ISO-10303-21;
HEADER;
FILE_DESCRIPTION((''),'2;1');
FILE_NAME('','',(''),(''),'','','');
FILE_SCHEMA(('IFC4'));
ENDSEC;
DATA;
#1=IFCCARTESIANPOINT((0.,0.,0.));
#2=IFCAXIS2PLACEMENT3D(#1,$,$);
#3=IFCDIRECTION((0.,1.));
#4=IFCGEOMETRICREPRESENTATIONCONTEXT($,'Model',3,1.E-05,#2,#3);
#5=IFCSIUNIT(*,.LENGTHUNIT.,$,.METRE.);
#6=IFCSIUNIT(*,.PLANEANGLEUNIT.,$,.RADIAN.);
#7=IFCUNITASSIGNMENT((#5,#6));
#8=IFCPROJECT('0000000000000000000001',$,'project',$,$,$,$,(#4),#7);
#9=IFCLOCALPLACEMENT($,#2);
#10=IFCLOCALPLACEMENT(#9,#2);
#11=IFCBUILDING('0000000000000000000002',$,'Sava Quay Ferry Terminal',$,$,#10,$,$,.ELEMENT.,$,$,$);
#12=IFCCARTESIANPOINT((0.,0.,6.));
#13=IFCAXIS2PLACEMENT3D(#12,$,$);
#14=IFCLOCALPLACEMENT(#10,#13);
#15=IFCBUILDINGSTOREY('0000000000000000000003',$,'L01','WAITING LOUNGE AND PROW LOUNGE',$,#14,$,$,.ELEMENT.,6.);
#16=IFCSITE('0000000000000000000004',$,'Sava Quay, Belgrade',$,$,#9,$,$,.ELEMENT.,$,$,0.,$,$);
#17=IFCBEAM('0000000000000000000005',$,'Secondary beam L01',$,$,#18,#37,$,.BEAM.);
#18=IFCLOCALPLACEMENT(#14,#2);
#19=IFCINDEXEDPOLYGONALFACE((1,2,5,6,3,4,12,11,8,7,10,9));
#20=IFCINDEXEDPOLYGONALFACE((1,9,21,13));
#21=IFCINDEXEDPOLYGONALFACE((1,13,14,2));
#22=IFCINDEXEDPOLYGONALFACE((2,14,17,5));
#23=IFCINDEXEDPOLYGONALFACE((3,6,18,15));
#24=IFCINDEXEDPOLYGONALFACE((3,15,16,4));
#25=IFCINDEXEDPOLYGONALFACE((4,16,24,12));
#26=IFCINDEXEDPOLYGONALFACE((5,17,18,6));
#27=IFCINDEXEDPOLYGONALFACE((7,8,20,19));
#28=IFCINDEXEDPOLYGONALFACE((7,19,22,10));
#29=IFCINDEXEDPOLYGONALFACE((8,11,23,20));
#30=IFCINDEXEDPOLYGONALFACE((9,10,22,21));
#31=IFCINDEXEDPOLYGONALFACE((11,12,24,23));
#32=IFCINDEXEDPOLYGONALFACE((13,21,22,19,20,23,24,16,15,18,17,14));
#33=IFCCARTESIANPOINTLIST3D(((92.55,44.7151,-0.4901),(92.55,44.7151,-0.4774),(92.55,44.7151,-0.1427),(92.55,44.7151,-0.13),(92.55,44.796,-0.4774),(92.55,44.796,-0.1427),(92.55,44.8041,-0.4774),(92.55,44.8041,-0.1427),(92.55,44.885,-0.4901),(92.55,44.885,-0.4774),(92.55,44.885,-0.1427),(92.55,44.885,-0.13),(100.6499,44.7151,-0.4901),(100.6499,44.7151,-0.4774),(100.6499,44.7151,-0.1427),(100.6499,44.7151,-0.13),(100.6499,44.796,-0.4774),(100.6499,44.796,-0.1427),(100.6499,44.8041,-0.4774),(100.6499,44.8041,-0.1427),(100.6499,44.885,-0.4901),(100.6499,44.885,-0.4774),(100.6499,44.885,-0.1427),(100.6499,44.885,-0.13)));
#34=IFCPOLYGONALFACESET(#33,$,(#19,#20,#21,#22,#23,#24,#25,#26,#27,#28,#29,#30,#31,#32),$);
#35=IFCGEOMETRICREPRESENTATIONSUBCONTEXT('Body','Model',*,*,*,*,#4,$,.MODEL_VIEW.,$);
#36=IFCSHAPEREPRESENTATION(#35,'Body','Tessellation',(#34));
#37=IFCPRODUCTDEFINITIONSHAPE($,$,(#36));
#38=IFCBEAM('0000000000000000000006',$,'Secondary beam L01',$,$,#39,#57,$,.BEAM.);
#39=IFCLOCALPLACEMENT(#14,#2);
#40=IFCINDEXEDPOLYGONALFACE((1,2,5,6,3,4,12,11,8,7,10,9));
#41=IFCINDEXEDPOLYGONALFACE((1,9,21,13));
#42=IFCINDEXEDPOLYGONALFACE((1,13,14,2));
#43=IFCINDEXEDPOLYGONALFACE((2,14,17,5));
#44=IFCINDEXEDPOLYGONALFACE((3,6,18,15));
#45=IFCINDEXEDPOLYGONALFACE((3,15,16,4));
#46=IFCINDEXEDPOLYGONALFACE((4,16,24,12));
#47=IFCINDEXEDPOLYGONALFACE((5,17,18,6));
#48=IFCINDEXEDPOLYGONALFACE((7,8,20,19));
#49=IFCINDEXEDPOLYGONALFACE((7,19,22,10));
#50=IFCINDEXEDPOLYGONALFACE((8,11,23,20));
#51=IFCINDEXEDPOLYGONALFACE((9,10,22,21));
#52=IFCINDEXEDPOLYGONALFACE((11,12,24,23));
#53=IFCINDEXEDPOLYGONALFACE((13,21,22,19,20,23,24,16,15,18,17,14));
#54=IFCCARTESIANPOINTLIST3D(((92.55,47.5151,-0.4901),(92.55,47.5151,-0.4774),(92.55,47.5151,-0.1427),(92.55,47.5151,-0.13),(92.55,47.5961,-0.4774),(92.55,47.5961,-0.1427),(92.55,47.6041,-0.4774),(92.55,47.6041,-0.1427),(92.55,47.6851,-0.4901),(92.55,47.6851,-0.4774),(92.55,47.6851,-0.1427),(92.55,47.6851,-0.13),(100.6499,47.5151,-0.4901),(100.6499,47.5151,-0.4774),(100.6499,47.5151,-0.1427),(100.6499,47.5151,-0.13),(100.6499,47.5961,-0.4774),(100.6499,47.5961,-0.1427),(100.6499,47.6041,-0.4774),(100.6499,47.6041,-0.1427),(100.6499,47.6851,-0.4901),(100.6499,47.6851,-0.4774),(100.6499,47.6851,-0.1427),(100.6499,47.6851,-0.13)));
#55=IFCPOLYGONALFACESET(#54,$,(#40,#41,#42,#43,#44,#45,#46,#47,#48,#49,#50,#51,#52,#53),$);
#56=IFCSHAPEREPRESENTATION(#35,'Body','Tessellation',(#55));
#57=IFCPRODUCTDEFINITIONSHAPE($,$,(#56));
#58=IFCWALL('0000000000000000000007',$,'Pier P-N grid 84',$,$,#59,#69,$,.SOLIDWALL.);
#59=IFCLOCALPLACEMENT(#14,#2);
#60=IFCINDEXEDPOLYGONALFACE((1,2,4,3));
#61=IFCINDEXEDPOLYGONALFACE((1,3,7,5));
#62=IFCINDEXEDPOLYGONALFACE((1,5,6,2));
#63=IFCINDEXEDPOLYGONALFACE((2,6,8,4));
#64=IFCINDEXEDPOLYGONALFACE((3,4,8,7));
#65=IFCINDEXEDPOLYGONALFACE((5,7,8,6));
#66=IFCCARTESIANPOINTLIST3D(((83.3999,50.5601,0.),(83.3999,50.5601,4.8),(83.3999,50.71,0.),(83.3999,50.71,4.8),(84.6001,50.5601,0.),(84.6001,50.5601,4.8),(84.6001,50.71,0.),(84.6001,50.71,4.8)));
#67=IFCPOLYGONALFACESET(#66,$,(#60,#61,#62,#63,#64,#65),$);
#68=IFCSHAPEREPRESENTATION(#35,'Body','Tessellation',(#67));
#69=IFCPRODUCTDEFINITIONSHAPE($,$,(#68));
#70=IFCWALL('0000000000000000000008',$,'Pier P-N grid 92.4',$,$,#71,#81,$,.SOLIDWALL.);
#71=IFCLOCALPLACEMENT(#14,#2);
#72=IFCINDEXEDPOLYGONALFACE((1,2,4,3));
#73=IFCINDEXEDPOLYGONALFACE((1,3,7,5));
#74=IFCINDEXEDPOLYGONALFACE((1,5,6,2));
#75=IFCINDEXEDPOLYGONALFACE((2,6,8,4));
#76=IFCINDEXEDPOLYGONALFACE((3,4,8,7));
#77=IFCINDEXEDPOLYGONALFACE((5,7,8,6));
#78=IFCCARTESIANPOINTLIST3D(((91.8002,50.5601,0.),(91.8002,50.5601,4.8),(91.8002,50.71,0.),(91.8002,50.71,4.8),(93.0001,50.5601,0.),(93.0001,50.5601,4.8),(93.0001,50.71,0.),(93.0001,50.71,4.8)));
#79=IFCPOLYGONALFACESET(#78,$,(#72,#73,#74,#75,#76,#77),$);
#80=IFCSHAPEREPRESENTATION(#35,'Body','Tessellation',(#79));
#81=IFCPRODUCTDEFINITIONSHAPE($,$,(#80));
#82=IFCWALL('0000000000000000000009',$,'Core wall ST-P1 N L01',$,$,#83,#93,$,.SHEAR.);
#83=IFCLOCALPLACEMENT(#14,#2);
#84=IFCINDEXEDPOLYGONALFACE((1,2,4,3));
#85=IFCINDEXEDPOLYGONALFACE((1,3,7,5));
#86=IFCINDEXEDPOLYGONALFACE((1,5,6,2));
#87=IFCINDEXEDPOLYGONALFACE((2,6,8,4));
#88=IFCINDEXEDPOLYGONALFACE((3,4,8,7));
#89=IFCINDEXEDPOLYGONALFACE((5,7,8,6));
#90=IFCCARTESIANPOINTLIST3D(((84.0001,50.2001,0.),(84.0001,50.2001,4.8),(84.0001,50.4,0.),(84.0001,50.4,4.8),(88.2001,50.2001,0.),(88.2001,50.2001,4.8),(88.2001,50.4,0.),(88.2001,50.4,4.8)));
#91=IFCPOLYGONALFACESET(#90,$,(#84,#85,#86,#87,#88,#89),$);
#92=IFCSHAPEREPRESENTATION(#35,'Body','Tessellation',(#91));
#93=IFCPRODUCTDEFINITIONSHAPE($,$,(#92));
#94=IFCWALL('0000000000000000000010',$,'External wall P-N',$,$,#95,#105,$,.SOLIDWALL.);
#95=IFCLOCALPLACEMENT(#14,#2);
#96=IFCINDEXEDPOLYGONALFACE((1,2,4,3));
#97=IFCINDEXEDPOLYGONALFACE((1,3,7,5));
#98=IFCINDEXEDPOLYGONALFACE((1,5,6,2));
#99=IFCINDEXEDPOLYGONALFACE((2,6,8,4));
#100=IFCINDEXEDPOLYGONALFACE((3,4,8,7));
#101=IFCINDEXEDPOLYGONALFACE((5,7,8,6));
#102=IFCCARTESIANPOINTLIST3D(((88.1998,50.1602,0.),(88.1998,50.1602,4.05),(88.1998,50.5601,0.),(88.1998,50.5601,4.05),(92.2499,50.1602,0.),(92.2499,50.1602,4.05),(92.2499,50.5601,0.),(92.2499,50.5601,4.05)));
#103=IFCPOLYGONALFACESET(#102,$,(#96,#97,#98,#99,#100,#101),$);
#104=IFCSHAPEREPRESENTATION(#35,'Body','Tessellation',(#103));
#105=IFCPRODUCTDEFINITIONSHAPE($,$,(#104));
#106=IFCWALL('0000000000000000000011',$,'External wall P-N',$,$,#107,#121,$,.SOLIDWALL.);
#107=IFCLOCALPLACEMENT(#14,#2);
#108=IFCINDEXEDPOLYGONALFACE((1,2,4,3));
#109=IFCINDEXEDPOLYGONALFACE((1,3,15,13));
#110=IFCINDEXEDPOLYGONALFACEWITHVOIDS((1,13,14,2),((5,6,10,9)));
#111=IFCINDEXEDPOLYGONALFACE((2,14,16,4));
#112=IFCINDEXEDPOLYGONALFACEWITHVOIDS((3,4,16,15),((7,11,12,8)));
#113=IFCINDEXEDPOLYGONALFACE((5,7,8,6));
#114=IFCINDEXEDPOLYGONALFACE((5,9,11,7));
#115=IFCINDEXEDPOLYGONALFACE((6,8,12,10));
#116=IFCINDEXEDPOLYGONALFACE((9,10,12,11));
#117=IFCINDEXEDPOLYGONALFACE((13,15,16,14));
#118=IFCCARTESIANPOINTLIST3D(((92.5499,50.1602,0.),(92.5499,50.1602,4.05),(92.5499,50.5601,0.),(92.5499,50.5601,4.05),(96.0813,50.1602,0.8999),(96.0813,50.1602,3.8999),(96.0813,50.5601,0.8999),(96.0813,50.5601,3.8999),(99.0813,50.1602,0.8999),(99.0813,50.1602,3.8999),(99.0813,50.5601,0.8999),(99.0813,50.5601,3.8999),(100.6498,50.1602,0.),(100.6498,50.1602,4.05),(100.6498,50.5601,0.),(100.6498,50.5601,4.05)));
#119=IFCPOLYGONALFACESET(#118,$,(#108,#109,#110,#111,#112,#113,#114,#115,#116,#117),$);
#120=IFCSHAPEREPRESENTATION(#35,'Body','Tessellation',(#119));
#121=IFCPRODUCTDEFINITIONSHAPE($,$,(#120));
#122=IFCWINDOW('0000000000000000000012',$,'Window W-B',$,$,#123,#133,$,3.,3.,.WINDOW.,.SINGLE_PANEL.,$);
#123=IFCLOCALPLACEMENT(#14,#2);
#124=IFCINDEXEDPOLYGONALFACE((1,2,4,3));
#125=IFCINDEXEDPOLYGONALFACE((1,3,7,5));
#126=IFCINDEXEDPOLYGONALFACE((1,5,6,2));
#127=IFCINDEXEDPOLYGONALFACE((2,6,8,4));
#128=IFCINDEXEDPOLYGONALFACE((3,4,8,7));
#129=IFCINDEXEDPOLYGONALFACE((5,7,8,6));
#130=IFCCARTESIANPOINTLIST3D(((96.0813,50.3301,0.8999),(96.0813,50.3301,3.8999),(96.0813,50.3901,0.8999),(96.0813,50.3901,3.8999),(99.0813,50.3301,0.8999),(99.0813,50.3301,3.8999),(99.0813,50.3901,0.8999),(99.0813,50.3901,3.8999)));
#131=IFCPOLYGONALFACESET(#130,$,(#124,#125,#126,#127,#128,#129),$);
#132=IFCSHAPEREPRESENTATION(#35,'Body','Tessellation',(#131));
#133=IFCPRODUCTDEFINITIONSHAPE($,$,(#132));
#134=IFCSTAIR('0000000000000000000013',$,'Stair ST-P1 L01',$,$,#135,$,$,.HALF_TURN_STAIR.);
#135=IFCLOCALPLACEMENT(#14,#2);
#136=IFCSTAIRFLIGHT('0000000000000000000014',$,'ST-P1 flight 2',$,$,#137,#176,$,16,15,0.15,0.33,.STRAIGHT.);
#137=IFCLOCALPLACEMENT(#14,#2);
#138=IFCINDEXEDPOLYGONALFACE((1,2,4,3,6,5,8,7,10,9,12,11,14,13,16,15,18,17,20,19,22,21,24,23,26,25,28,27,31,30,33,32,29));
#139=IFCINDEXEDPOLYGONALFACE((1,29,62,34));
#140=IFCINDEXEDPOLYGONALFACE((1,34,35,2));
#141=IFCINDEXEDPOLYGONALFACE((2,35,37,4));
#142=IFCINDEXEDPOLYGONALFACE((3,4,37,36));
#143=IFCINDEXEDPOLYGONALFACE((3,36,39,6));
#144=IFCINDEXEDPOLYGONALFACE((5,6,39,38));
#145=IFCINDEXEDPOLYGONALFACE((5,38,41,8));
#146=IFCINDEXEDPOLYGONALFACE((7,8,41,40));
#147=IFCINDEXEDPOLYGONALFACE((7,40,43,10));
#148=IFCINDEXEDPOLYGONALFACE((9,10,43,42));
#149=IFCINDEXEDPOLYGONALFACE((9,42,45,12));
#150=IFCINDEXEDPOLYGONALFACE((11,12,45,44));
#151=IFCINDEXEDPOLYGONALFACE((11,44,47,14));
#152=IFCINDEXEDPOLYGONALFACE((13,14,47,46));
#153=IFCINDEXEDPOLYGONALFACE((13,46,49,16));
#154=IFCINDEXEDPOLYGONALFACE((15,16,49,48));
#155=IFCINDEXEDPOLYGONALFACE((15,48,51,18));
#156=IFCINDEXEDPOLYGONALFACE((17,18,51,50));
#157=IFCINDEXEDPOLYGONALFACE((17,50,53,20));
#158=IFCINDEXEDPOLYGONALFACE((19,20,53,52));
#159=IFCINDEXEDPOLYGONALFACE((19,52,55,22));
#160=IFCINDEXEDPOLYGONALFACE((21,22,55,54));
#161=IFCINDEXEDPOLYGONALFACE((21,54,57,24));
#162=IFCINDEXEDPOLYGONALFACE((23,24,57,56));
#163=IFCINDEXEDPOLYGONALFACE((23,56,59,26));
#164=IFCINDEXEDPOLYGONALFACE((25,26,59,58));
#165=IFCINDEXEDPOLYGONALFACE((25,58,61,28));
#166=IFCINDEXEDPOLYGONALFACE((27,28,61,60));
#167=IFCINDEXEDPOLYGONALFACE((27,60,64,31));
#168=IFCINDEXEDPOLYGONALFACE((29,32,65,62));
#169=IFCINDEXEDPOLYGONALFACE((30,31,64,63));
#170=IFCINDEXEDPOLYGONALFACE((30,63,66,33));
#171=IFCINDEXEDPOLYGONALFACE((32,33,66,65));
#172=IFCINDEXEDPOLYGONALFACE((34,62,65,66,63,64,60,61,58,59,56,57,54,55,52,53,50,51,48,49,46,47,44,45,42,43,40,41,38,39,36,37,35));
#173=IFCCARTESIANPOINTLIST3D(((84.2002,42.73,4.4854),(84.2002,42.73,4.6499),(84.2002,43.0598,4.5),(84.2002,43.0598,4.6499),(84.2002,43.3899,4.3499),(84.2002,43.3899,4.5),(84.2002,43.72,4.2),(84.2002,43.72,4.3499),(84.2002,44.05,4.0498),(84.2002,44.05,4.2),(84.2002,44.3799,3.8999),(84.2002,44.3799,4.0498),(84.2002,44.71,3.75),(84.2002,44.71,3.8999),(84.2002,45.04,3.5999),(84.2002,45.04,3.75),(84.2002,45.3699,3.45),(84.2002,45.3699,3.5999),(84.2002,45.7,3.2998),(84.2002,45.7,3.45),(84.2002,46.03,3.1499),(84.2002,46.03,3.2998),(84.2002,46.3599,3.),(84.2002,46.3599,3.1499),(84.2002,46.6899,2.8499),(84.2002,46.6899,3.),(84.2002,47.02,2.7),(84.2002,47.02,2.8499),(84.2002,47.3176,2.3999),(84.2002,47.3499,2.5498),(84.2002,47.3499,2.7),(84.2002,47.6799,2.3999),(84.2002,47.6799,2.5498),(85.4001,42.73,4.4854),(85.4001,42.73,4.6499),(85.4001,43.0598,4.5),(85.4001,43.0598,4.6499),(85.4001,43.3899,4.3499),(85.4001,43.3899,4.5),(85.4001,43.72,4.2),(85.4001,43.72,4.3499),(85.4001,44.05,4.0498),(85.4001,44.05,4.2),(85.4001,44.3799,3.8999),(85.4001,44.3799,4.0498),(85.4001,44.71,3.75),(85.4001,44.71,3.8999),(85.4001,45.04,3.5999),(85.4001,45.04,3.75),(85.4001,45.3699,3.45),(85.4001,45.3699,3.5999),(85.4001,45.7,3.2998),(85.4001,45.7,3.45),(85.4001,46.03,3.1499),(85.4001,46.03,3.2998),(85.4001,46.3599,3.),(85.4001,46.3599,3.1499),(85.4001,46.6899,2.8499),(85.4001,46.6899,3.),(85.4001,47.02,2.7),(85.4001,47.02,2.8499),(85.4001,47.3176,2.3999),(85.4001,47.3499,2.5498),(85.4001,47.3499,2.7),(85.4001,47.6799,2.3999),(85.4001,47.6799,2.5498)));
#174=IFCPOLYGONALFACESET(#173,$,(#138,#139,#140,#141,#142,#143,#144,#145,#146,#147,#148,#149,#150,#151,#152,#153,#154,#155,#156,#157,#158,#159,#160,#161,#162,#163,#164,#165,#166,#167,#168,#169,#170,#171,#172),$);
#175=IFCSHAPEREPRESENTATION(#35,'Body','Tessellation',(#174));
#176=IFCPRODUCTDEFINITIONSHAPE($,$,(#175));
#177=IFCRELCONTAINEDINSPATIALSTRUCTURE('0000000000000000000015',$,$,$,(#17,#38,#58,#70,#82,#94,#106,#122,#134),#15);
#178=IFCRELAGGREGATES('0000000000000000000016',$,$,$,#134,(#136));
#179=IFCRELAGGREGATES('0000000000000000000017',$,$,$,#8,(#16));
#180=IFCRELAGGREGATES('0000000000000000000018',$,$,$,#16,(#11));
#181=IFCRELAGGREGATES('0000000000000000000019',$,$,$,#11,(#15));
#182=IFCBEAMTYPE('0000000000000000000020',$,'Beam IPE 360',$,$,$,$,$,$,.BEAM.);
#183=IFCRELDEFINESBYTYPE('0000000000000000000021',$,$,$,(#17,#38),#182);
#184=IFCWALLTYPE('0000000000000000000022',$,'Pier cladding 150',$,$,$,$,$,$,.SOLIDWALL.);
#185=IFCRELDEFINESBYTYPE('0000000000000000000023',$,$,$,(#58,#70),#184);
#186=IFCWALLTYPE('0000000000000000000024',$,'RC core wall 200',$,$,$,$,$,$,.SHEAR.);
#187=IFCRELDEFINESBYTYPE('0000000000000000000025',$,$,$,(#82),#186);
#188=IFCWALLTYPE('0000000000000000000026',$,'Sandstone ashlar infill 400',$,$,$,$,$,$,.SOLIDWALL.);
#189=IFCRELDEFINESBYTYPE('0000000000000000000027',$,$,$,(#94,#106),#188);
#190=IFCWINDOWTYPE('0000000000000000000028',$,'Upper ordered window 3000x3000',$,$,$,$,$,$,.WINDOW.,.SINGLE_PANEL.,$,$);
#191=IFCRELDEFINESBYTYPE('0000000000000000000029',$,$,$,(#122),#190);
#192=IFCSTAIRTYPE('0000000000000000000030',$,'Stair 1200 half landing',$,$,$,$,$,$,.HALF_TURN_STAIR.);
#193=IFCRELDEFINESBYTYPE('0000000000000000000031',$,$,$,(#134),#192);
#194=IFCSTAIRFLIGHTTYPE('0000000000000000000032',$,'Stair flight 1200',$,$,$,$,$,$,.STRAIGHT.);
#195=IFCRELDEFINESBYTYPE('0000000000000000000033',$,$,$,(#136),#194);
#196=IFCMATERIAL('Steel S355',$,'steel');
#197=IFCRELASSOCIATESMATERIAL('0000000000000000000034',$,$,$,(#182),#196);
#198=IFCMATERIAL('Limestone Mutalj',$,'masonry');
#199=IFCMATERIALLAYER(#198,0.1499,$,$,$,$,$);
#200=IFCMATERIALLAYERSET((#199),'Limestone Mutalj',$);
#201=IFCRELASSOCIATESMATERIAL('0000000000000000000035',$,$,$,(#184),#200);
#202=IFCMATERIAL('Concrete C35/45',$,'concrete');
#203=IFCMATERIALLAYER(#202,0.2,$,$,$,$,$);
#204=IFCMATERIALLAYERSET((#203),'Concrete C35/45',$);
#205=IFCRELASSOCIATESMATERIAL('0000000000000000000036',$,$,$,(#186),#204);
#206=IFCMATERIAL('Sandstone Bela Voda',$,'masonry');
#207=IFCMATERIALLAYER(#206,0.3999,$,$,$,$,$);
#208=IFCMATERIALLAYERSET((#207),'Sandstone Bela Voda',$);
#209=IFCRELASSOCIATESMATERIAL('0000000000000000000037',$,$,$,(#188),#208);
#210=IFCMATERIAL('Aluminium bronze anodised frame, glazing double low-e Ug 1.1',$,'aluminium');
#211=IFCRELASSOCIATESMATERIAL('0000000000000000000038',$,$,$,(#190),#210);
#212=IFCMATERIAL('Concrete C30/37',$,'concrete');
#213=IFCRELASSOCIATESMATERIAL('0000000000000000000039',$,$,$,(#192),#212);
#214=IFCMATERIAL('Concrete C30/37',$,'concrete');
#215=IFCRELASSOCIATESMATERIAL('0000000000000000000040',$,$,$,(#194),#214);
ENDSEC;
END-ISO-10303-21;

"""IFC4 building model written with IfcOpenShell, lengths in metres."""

from ifc_helpers import new_model, si_unit, direction, frame, frame_2d, origin, origin_2d, place, context, subcontext, project, spatial, polyline, rectangle, i_section, outline, extrude, material, layer, layer_set, material_profile, profile_set, type_object, element, fill, aggregate, save


model = new_model("IFC4")

# Units and contexts
model_context = context("Model", 3, precision=1e-05, world=origin(), true_north=direction((0.0, 1.0)))
body_context = subcontext(model_context, "Body", "Model", "MODEL_VIEW")
ifc_project = project(units=[si_unit("LENGTHUNIT", "METRE"), si_unit("PLANEANGLEUNIT", "RADIAN")], contexts=[model_context])

# Site, building, storey
site_placement = place(None, origin())
site = spatial("IfcSite", under=ifc_project, at=site_placement, Name="Sava Quay, Belgrade", CompositionType="ELEMENT", RefElevation=0.0)
building_placement = place(site_placement, origin())
building = spatial("IfcBuilding", under=site, at=building_placement, Name="Sava Quay Ferry Terminal", CompositionType="ELEMENT")
storey_placement = place(building_placement, frame((0.0, 0.0, 6.0)))
storey = spatial("IfcBuildingStorey", under=building, at=storey_placement, Name="L01", Description="WAITING LOUNGE AND PROW LOUNGE", CompositionType="ELEMENT", Elevation=6.0)

# Beams
ifc_material_1 = material(Name="Steel S355", Category="steel")
ifc_material_profile_1 = material_profile(ifc_material_1, i_section(OverallWidth=0.1699, OverallDepth=0.3601, WebThickness=0.0081, FlangeThickness=0.0127, at=origin_2d()), Name="IPE 360")
ifc_profile_set_1 = profile_set([ifc_material_profile_1], Name="Steel S355")
beam_type = type_object("IfcBeamType", Name="Beam IPE 360", PredefinedType="BEAM", material=ifc_profile_set_1)
for number, where, z_axis, x_axis, name in (
    (1, (92.55, 44.8, -0.3101), (1.0, 0.0, 0.0), (0.0, 1.0, 0.0), "Secondary beam L01"),
    (2, (92.55, 47.6001, -0.3101), (1.0, 0.0, 0.0), (0.0, 1.0, 0.0), "Secondary beam L01"),
):
    element("IfcBeam", number, at=place(storey_placement, frame(where, z_axis=z_axis, x_axis=x_axis)), inside=storey, type_object=beam_type, Name=name, PredefinedType="BEAM", context=body_context, shape_type="SweptSolid", body=[
        extrude(i_section(OverallWidth=0.1699, OverallDepth=0.3601, WebThickness=0.0081, FlangeThickness=0.0127, at=origin_2d()), origin(), (0.0, 0.0, 1.0), 8.0999),
    ])

# Walls
ifc_material_2 = material(Name="Limestone Mutalj", Category="masonry")
ifc_layer_1 = layer(ifc_material_2, 0.1499)
ifc_layer_set_1 = layer_set([ifc_layer_1], Name="Limestone Mutalj")
wall_type_1 = type_object("IfcWallType", Name="Pier cladding 150", PredefinedType="SOLIDWALL", material=ifc_layer_set_1)
wall_1_placement = place(storey_placement, frame((83.3999, 50.635, 0.0), z_axis=(0.0, 0.0, 1.0), x_axis=(1.0, 0.0, 0.0)))
element("IfcWall", 3, at=wall_1_placement, inside=storey, type_object=wall_type_1, Name="Pier P-N grid 84", PredefinedType="SOLIDWALL", context=body_context, shape_type="SweptSolid", body=[
    extrude(rectangle(XDim=1.2002, YDim=0.1499, at=frame_2d((0.6001, 0.0))), origin(), (0.0, 0.0, 1.0), 4.8),
])
wall_2_placement = place(storey_placement, frame((91.8, 50.635, 0.0), z_axis=(0.0, 0.0, 1.0), x_axis=(1.0, 0.0, 0.0)))
element("IfcWall", 4, at=wall_2_placement, inside=storey, type_object=wall_type_1, Name="Pier P-N grid 92.4", PredefinedType="SOLIDWALL", context=body_context, shape_type="SweptSolid", body=[
    extrude(rectangle(XDim=1.2, YDim=0.1499, at=frame_2d((0.6001, 0.0))), origin(), (0.0, 0.0, 1.0), 4.8),
])
ifc_material_3 = material(Name="Concrete C35/45", Category="concrete")
ifc_layer_2 = layer(ifc_material_3, 0.2)
ifc_layer_set_2 = layer_set([ifc_layer_2], Name="Concrete C35/45")
wall_type_2 = type_object("IfcWallType", Name="RC core wall 200", PredefinedType="SHEAR", material=ifc_layer_set_2)
wall_3_placement = place(storey_placement, frame((84.0, 50.3, 0.0), z_axis=(0.0, 0.0, 1.0), x_axis=(1.0, 0.0, 0.0)))
element("IfcWall", 5, at=wall_3_placement, inside=storey, type_object=wall_type_2, Name="Core wall ST-P1 N L01", PredefinedType="SHEAR", context=body_context, shape_type="SweptSolid", body=[
    extrude(rectangle(XDim=4.2, YDim=0.2, at=frame_2d((2.1001, 0.0))), origin(), (0.0, 0.0, 1.0), 4.8),
])
ifc_material_4 = material(Name="Sandstone Bela Voda", Category="masonry")
ifc_layer_3 = layer(ifc_material_4, 0.3999)
ifc_layer_set_3 = layer_set([ifc_layer_3], Name="Sandstone Bela Voda")
wall_type_3 = type_object("IfcWallType", Name="Sandstone ashlar infill 400", PredefinedType="SOLIDWALL", material=ifc_layer_set_3)
wall_4_placement = place(storey_placement, frame((88.2, 50.3601, 0.0), z_axis=(0.0, 0.0, 1.0), x_axis=(1.0, 0.0, 0.0)))
element("IfcWall", 6, at=wall_4_placement, inside=storey, type_object=wall_type_3, Name="External wall P-N", PredefinedType="SOLIDWALL", context=body_context, shape_type="SweptSolid", body=[
    extrude(rectangle(XDim=4.05, YDim=0.3999, at=frame_2d((2.0249, 0.0))), origin(), (0.0, 0.0, 1.0), 4.05),
])

# Wall, opening, window
wall_5_placement = place(storey_placement, frame((92.55, 50.3601, 0.0), z_axis=(0.0, 0.0, 1.0), x_axis=(1.0, 0.0, 0.0)))
wall_5 = element("IfcWall", 7, at=wall_5_placement, inside=storey, type_object=wall_type_3, Name="External wall P-N", PredefinedType="SOLIDWALL", context=body_context, shape_type="SweptSolid", body=[
    extrude(rectangle(XDim=8.0999, YDim=0.3999, at=frame_2d((4.0498, 0.0))), origin(), (0.0, 0.0, 1.0), 4.05),
])
opening_placement = place(wall_5_placement, frame((3.5312, 0.0, 0.8999)))
opening = element("IfcOpeningElement", 8, at=opening_placement, cuts=wall_5, PredefinedType="OPENING", context=body_context, shape_type="SweptSolid", body=[
    extrude(rectangle(XDim=3.0, YDim=3.0, at=frame_2d((1.5, 1.5))), frame((0.0, 0.2, 0.0), z_axis=(0.0, -1.0, 0.0), x_axis=(1.0, 0.0, 0.0)), (0.0, 0.0, 1.0), 0.3999),
])
ifc_material_5 = material(Name="Aluminium bronze anodised frame, glazing double low-e Ug 1.1", Category="aluminium")
window_type = type_object("IfcWindowType", Name="Upper ordered window 3000x3000", PartitioningType="SINGLE_PANEL", PredefinedType="WINDOW", material=ifc_material_5)
window_placement = place(opening_placement, origin())
window = element("IfcWindow", 9, at=window_placement, inside=storey, type_object=window_type, Name="Window W-B", OverallHeight=3.0, OverallWidth=3.0, PartitioningType="SINGLE_PANEL", PredefinedType="WINDOW", context=body_context, shape_type="SweptSolid", body=[
    extrude(rectangle(XDim=3.0, YDim=3.0, at=frame_2d((1.5, 1.5))), frame((0.0, 0.03, 0.0), z_axis=(0.0, -1.0, 0.0), x_axis=(1.0, 0.0, 0.0)), (0.0, 0.0, 1.0), 0.0601),
])
fill(opening, window)

# Stair, stair flight
ifc_material_6 = material(Name="Concrete C30/37", Category="concrete")
stair_type = type_object("IfcStairType", Name="Stair 1200 half landing", PredefinedType="HALF_TURN_STAIR", material=ifc_material_6)
stair_placement = place(storey_placement, origin())
stair = element("IfcStair", 10, at=stair_placement, inside=storey, type_object=stair_type, Name="Stair ST-P1 L01", PredefinedType="HALF_TURN_STAIR")
ifc_material_7 = material(Name="Concrete C30/37", Category="concrete")
stair_flight_type = type_object("IfcStairFlightType", Name="Stair flight 1200", PredefinedType="STRAIGHT", material=ifc_material_7)
stair_flight_placement = place(storey_placement, frame((84.8, 47.6799, 2.3999), z_axis=(0.0, 0.0, 1.0), x_axis=(0.0, -1.0, 0.0)))
stair_flight = element("IfcStairFlight", 11, at=stair_flight_placement, type_object=stair_flight_type, Name="ST-P1 flight 2", NumberOfRisers=16, NumberOfTreads=15, PredefinedType="STRAIGHT", RiserHeight=0.15, TreadLength=0.33, context=body_context, shape_type="SweptSolid", body=[
    extrude(outline(polyline([(0.0, 0.0), (0.0, 0.1499), (0.3301, 0.1499), (0.3301, 0.3), (0.6599, 0.3), (0.6599, 0.45), (0.99, 0.45), (0.99, 0.6001), (1.3201, 0.6001), (1.3201, 0.75), (1.6499, 0.75), (1.6499, 0.8999), (1.98, 0.8999), (1.98, 1.05), (2.3101, 1.05), (2.3101, 1.2), (2.6399, 1.2), (2.6399, 1.3501), (2.97, 1.3501), (2.97, 1.5), (3.3, 1.5), (3.3, 1.6499), (3.6299, 1.6499), (3.6299, 1.8), (3.96, 1.8), (3.96, 1.95), (4.29, 1.95), (4.29, 2.1001), (4.6201, 2.1001), (4.6201, 2.25), (4.95, 2.25), (4.95, 2.3999), (4.95, 2.0854), (0.3623, 0.0), (0.0, 0.0)])), frame((0.0, 0.6001, 0.0), z_axis=(0.0, -1.0, 0.0), x_axis=(1.0, 0.0, 0.0)), (0.0, 0.0, 1.0), 1.2),
])
aggregate(stair, [stair_flight])

save(model, "model.ifc")
